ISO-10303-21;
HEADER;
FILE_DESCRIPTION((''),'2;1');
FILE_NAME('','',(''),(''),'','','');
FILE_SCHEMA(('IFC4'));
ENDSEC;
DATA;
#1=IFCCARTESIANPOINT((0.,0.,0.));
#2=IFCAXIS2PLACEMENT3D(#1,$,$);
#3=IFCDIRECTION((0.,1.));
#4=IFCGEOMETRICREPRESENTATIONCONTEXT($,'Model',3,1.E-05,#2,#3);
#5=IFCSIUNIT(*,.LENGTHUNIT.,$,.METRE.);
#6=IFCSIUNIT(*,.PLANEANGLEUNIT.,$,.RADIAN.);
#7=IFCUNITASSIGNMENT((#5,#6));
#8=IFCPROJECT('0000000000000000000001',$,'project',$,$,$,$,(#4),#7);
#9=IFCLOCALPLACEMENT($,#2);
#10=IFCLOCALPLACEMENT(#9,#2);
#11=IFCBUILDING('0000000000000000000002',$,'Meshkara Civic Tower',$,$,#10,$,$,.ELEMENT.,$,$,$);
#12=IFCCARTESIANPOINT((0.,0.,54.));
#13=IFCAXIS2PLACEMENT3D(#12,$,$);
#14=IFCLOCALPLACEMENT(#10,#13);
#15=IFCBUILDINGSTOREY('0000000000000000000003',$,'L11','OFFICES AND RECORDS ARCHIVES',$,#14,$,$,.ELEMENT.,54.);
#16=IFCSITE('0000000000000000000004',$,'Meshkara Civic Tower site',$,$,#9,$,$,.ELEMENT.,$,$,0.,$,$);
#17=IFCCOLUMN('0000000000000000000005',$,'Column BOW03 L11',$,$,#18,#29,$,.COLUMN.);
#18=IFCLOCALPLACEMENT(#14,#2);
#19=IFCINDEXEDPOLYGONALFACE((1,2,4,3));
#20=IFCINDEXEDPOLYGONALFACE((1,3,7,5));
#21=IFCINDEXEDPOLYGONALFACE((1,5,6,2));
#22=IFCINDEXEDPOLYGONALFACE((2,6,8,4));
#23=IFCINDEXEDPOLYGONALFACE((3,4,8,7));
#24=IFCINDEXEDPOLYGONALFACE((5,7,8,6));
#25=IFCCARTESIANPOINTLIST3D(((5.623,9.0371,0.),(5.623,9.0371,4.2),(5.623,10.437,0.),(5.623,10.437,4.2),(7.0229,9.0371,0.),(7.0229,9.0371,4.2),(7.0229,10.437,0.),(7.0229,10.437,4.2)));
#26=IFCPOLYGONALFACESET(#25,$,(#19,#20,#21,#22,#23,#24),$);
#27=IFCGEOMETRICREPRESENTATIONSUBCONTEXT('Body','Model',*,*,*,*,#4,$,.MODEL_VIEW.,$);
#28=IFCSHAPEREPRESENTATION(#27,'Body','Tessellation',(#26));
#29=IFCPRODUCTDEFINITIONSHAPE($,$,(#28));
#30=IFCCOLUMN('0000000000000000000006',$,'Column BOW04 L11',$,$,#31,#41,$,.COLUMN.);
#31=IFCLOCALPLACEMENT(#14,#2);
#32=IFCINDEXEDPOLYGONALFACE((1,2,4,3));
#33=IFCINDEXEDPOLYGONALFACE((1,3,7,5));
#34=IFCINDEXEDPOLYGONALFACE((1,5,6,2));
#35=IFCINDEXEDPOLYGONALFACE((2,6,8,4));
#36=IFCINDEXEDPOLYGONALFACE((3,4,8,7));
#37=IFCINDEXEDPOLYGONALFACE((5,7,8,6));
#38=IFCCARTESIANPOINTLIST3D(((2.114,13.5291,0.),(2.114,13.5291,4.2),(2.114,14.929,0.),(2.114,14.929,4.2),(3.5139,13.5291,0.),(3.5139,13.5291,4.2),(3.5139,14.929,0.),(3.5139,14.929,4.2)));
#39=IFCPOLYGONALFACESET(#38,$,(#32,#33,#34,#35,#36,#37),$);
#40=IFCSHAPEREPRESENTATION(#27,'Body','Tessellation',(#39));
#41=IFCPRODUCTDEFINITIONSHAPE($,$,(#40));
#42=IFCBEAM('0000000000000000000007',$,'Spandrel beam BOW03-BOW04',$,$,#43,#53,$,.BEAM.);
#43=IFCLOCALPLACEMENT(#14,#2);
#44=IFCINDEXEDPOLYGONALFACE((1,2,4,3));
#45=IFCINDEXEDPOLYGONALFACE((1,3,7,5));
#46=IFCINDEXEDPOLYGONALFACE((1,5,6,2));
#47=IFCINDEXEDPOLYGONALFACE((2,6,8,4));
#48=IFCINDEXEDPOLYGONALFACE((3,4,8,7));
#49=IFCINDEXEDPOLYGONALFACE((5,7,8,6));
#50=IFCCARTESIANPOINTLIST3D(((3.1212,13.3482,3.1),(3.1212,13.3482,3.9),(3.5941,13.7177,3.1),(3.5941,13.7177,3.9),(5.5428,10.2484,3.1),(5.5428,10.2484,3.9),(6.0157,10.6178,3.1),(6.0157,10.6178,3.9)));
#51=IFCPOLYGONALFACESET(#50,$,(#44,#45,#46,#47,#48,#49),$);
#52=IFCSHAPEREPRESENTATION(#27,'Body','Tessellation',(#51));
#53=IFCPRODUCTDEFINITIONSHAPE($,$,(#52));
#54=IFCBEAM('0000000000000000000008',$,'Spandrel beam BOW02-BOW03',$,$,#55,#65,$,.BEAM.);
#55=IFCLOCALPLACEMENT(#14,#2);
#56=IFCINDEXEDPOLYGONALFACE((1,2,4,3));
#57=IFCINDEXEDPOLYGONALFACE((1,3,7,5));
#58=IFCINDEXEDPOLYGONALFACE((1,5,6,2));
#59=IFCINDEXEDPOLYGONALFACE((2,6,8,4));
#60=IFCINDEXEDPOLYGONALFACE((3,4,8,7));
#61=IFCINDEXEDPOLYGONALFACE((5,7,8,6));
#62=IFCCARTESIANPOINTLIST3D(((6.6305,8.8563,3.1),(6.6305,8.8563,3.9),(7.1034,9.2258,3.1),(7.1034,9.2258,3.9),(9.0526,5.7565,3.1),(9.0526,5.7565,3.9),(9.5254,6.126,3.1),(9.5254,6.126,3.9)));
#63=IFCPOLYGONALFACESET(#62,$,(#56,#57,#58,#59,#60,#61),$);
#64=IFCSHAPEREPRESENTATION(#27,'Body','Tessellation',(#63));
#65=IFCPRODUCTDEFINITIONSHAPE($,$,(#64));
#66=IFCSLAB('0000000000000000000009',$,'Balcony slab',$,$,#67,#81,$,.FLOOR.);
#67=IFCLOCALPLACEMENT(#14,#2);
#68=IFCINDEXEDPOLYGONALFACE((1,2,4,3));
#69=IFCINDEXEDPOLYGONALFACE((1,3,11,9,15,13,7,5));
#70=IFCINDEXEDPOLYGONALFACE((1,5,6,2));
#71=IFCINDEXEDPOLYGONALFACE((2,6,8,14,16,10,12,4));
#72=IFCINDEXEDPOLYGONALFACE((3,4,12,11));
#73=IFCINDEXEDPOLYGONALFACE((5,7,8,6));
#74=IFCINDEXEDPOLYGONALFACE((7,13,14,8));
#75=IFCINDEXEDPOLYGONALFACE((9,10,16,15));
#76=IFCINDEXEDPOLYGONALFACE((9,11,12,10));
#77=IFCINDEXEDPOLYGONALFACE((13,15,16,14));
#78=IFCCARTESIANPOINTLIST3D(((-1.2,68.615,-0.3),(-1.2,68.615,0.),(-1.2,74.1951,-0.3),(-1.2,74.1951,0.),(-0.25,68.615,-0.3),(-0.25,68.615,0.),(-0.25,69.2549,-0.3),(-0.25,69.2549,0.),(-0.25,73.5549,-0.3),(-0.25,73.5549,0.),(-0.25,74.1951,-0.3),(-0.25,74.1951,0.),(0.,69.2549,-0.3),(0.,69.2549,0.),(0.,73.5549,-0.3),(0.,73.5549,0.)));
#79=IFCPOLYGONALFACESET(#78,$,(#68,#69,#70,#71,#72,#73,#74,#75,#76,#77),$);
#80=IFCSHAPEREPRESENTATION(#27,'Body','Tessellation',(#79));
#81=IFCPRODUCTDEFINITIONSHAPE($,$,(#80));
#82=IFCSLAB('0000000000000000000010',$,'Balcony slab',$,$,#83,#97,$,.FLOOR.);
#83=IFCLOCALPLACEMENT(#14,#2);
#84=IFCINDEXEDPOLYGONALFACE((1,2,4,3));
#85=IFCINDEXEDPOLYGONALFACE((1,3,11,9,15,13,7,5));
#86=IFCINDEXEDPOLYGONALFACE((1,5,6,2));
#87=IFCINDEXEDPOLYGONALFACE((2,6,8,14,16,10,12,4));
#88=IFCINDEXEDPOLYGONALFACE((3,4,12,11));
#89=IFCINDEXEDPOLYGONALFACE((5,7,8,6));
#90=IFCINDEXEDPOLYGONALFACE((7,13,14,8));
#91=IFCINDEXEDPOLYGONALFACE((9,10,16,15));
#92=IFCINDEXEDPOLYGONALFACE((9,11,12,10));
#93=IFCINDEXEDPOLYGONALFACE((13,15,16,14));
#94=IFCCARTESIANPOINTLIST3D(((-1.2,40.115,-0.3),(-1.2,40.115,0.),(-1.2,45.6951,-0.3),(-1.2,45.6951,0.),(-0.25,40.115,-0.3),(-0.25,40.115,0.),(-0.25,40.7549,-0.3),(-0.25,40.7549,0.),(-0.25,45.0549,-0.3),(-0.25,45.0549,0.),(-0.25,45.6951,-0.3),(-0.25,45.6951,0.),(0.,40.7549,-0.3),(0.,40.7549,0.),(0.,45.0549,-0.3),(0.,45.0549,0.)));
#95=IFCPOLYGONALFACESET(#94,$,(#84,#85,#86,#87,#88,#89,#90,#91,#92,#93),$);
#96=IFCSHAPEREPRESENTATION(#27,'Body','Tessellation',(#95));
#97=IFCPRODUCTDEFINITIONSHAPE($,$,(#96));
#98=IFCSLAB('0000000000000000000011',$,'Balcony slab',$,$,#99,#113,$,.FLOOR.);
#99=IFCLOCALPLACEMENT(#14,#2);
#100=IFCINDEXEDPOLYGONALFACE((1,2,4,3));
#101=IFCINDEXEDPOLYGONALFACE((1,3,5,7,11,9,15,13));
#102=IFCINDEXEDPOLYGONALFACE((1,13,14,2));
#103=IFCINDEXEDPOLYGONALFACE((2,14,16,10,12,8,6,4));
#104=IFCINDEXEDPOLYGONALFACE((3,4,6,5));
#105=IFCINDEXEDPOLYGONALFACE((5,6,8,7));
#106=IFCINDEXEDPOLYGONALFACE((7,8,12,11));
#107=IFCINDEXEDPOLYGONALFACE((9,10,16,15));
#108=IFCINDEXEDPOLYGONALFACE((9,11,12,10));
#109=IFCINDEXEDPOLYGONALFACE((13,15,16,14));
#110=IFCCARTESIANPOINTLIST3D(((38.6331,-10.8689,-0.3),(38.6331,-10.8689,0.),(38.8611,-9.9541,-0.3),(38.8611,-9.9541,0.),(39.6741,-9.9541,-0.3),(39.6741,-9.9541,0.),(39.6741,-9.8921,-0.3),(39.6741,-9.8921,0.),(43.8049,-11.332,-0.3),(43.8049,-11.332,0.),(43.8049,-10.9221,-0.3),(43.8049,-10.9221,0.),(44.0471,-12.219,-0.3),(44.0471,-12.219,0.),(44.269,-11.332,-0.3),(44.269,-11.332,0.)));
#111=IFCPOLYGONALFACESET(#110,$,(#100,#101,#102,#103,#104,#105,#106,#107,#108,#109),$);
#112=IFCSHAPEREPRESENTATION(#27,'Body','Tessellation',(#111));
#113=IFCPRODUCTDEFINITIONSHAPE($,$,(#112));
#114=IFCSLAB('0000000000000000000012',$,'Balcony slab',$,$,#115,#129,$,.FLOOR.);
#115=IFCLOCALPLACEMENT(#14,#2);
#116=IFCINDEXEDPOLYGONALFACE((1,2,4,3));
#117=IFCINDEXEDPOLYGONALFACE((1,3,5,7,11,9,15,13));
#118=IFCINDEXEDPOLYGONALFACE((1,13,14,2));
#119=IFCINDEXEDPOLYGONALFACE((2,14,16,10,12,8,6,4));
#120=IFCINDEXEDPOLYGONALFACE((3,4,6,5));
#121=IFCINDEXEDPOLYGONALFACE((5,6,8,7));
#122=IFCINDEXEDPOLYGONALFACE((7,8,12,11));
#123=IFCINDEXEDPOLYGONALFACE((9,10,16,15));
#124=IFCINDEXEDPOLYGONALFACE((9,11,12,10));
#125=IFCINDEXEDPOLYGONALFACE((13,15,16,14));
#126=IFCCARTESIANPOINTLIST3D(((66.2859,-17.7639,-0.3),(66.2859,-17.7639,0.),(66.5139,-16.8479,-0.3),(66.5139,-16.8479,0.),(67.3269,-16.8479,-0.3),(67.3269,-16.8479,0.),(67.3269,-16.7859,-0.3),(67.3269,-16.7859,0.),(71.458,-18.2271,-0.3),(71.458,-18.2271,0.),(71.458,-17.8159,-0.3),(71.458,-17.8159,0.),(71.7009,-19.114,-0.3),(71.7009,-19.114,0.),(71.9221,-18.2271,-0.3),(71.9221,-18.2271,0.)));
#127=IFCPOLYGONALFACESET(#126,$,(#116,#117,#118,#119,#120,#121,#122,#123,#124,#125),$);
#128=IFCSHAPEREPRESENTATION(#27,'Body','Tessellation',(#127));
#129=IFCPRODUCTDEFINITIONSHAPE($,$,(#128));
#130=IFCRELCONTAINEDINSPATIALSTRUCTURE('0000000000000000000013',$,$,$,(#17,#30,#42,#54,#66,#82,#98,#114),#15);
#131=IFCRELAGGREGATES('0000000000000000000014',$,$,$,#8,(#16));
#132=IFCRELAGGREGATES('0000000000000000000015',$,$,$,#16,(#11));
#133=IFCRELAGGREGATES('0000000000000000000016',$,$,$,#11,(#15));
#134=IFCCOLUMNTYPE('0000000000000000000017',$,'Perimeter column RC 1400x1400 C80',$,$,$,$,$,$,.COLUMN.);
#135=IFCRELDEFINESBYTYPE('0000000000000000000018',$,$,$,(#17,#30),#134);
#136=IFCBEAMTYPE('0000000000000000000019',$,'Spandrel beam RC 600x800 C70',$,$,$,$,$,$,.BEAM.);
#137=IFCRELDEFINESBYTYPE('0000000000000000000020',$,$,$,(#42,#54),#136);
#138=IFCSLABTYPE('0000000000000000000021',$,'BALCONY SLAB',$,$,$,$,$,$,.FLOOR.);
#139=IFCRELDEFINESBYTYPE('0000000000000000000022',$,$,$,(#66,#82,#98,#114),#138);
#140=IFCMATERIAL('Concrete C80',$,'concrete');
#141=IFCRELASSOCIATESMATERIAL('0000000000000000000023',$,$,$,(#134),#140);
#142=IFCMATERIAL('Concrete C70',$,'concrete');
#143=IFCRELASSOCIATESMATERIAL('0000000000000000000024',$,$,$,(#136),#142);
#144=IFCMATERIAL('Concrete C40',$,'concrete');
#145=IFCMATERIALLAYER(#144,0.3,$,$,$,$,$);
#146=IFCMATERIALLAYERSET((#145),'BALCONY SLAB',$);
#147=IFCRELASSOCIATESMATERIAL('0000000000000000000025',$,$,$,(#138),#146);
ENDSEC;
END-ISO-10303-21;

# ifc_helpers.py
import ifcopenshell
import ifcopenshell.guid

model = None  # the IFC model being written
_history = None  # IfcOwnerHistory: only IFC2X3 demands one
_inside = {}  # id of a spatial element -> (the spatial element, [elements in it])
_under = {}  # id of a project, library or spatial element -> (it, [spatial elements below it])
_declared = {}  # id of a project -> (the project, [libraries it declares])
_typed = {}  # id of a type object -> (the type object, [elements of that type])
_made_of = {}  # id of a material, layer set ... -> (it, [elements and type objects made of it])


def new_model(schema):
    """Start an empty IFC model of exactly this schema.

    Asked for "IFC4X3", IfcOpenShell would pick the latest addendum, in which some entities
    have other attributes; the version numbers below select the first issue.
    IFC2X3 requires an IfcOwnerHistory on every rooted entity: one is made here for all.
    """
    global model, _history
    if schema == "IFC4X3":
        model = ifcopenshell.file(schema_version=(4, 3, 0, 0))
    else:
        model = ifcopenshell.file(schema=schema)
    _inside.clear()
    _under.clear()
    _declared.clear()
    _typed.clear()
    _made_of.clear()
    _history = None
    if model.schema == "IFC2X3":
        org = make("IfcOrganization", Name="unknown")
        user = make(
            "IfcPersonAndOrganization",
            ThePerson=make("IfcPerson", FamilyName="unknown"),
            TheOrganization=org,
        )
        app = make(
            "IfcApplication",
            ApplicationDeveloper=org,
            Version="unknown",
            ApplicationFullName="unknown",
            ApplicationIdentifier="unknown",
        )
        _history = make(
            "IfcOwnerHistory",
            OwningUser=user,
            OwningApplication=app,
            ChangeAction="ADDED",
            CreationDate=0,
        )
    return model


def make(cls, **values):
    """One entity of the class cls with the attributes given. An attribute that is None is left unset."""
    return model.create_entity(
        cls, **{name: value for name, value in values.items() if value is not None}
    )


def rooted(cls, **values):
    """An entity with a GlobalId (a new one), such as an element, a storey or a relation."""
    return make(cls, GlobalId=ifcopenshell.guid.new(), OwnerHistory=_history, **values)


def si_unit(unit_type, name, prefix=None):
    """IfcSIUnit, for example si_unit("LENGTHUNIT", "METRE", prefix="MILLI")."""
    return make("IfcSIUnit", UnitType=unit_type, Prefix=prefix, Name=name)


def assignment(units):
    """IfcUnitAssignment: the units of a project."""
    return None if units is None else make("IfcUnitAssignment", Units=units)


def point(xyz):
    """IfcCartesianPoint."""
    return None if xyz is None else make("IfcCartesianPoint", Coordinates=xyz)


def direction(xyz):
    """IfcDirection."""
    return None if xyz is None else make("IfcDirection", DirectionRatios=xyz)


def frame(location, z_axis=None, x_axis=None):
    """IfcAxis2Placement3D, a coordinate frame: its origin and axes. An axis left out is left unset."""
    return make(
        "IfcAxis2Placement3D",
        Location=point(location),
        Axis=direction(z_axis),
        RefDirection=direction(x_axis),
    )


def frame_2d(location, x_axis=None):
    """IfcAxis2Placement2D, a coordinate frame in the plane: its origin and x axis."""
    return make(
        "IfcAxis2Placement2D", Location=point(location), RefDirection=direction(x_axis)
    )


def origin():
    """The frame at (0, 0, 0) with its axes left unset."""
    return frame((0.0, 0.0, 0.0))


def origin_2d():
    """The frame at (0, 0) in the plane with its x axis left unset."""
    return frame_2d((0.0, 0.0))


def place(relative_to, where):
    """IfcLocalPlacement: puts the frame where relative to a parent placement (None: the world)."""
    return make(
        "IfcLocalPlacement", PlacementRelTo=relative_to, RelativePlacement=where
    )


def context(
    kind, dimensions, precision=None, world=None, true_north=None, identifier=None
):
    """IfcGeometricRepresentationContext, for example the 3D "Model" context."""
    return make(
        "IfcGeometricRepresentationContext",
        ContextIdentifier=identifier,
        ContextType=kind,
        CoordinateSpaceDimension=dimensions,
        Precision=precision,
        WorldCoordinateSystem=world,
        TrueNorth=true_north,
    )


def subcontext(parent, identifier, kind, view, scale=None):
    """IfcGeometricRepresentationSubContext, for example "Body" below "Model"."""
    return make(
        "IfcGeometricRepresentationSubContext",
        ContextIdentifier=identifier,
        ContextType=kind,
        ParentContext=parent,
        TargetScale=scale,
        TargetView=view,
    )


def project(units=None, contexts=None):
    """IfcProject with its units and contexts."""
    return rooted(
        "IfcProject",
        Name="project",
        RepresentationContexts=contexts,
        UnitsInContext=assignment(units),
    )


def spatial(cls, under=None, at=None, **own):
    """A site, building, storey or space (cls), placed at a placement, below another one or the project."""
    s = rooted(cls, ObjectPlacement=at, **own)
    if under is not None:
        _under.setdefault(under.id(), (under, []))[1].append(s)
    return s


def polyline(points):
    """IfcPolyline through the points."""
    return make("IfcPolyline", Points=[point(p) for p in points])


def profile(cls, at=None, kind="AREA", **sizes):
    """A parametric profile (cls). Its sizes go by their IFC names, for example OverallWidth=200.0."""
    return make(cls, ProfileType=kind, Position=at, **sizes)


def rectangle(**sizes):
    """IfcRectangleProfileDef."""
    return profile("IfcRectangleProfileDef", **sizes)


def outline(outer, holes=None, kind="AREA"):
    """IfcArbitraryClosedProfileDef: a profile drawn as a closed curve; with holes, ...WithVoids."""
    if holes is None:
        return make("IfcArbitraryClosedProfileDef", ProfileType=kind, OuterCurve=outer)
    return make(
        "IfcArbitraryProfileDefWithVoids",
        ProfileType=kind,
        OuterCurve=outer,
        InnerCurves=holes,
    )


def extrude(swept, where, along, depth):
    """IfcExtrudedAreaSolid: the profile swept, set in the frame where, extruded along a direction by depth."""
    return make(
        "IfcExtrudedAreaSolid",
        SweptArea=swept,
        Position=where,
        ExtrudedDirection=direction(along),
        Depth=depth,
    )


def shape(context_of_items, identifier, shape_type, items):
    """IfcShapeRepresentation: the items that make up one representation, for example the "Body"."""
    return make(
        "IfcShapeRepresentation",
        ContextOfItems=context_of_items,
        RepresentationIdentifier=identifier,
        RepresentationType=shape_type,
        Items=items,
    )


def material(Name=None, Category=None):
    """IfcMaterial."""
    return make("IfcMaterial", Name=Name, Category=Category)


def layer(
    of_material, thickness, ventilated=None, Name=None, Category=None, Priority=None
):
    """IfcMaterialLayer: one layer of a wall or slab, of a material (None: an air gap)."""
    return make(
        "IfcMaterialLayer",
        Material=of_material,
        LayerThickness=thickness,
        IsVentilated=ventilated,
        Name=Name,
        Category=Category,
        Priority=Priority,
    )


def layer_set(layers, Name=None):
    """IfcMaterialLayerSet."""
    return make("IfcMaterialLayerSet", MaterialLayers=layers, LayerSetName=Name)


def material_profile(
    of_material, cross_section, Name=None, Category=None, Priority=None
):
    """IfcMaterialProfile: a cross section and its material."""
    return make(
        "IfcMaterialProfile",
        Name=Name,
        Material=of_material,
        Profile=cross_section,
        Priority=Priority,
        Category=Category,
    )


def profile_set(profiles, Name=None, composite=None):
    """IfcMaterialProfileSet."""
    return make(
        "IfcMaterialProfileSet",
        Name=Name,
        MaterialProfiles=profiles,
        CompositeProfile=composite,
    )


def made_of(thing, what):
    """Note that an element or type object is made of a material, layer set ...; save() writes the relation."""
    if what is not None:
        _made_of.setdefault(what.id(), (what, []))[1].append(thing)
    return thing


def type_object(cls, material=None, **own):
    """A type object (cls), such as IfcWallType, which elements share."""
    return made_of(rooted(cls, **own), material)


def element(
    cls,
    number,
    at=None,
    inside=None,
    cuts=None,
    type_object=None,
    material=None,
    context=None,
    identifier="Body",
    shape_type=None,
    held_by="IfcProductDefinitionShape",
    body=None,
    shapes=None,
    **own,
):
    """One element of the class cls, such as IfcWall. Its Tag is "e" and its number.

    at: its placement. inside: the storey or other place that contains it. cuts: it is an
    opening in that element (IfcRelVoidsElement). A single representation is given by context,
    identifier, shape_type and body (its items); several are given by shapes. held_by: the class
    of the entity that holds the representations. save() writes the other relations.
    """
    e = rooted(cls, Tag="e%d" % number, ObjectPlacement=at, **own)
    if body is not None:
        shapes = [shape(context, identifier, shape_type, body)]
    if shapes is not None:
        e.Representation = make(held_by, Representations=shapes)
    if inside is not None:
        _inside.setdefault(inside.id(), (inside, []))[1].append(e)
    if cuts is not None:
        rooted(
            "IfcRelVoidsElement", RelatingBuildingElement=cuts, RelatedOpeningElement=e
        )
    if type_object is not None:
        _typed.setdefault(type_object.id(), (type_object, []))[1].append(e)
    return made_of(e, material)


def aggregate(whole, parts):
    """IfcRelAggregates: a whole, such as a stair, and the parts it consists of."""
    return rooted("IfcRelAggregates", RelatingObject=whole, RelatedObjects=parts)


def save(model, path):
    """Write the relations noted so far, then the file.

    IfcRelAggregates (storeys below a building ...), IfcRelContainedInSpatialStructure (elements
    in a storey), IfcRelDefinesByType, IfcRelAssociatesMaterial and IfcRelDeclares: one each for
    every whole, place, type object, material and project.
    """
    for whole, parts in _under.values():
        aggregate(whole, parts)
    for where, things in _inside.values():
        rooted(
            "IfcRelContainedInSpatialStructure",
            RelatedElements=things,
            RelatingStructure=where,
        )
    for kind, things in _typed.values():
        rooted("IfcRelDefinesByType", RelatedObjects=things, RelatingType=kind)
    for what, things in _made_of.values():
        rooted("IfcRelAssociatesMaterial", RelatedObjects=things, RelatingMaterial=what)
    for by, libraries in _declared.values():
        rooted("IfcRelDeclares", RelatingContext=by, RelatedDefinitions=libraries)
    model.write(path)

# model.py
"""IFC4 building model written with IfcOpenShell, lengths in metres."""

from ifc_helpers import new_model, si_unit, direction, frame, origin, origin_2d, place, context, subcontext, project, spatial, polyline, rectangle, outline, extrude, material, layer, layer_set, material_profile, profile_set, type_object, element, save


model = new_model("IFC4")

# Units and contexts
model_context = context("Model", 3, precision=1e-05, world=origin(), true_north=direction((0.0, 1.0)))
body_context = subcontext(model_context, "Body", "Model", "MODEL_VIEW")
ifc_project = project(units=[si_unit("LENGTHUNIT", "METRE"), si_unit("PLANEANGLEUNIT", "RADIAN")], contexts=[model_context])

# Site, building, storey
site_placement = place(None, origin())
site = spatial("IfcSite", under=ifc_project, at=site_placement, Name="Meshkara Civic Tower site", CompositionType="ELEMENT", RefElevation=0.0)
building_placement = place(site_placement, origin())
building = spatial("IfcBuilding", under=site, at=building_placement, Name="Meshkara Civic Tower", CompositionType="ELEMENT")
storey_placement = place(building_placement, frame((0.0, 0.0, 54.0)))
storey = spatial("IfcBuildingStorey", under=building, at=storey_placement, Name="L11", Description="OFFICES AND RECORDS ARCHIVES", CompositionType="ELEMENT", Elevation=54.0)

# Columns
ifc_material_1 = material(Name="Concrete C80", Category="concrete")
ifc_material_profile_1 = material_profile(ifc_material_1, rectangle(XDim=1.3999, YDim=1.3999, at=origin_2d()))
ifc_profile_set_1 = profile_set([ifc_material_profile_1], Name="Concrete C80")
column_type = type_object("IfcColumnType", Name="Perimeter column RC 1400x1400 C80", PredefinedType="COLUMN", material=ifc_profile_set_1)
for number, where, z_axis, x_axis, name in (
    (1, (6.323, 9.7371, 0.0), (0.0, 0.0, 1.0), (1.0, 0.0, 0.0), "Column BOW03 L11"),
    (2, (2.814, 14.229, 0.0), (0.0, 0.0, 1.0), (1.0, 0.0, 0.0), "Column BOW04 L11"),
):
    element("IfcColumn", number, at=place(storey_placement, frame(where, z_axis=z_axis, x_axis=x_axis)), inside=storey, type_object=column_type, Name=name, PredefinedType="COLUMN", context=body_context, shape_type="SweptSolid", body=[
        extrude(rectangle(XDim=1.3999, YDim=1.3999, at=origin_2d()), origin(), (0.0, 0.0, 1.0), 4.2),
    ])

# Beams
ifc_material_2 = material(Name="Concrete C70", Category="concrete")
ifc_material_profile_2 = material_profile(ifc_material_2, rectangle(XDim=0.6001, YDim=0.8, at=origin_2d()))
ifc_profile_set_2 = profile_set([ifc_material_profile_2], Name="Concrete C70")
beam_type = type_object("IfcBeamType", Name="Spandrel beam RC 600x800 C70", PredefinedType="BEAM", material=ifc_profile_set_2)
beam_1_placement = place(storey_placement, frame((3.3577, 13.533, 3.5), z_axis=(0.615624, -0.78804, 0.0), x_axis=(0.78804, 0.615624, 0.0)))
element("IfcBeam", 3, at=beam_1_placement, inside=storey, type_object=beam_type, Name="Spandrel beam BOW03-BOW04", PredefinedType="BEAM", context=body_context, shape_type="SweptSolid", body=[
    extrude(rectangle(XDim=0.6001, YDim=0.8, at=origin_2d()), origin(), (0.0, 0.0, 1.0), 3.9336),
])
beam_2_placement = place(storey_placement, frame((6.8669, 9.041, 3.5), z_axis=(0.615701, -0.78798, 0.0), x_axis=(0.78798, 0.615701, 0.0)))
element("IfcBeam", 4, at=beam_2_placement, inside=storey, type_object=beam_type, Name="Spandrel beam BOW02-BOW03", PredefinedType="BEAM", context=body_context, shape_type="SweptSolid", body=[
    extrude(rectangle(XDim=0.6001, YDim=0.8, at=origin_2d()), origin(), (0.0, 0.0, 1.0), 3.9338),
])

# Slabs
ifc_material_3 = material(Name="Concrete C40", Category="concrete")
ifc_layer_1 = layer(ifc_material_3, 0.3)
ifc_layer_set_1 = layer_set([ifc_layer_1], Name="BALCONY SLAB")
slab_type_1 = type_object("IfcSlabType", Name="BALCONY SLAB", PredefinedType="FLOOR", material=ifc_layer_set_1)
slab_1_placement = place(storey_placement, frame((0.0, 0.0, -0.3)))
element("IfcSlab", 5, at=slab_1_placement, inside=storey, type_object=slab_type_1, Name="Balcony slab", PredefinedType="FLOOR", context=body_context, shape_type="SweptSolid", body=[
    extrude(outline(polyline([(-1.2, 68.615), (-1.2, 74.1951), (-0.25, 74.1951), (-0.25, 73.5549), (0.0, 73.5549), (0.0, 69.2549), (-0.25, 69.2549), (-0.25, 68.615), (-1.2, 68.615)])), origin(), (0.0, 0.0, 1.0), 0.3),
])
slab_2_placement = place(storey_placement, frame((0.0, 0.0, -0.3)))
element("IfcSlab", 6, at=slab_2_placement, inside=storey, type_object=slab_type_1, Name="Balcony slab", PredefinedType="FLOOR", context=body_context, shape_type="SweptSolid", body=[
    extrude(outline(polyline([(-1.2, 40.115), (-1.2, 45.6951), (-0.25, 45.6951), (-0.25, 45.0549), (0.0, 45.0549), (0.0, 40.7549), (-0.25, 40.7549), (-0.25, 40.115), (-1.2, 40.115)])), origin(), (0.0, 0.0, 1.0), 0.3),
])
slab_3_placement = place(storey_placement, frame((0.0, 0.0, -0.3)))
element("IfcSlab", 7, at=slab_3_placement, inside=storey, type_object=slab_type_1, Name="Balcony slab", PredefinedType="FLOOR", context=body_context, shape_type="SweptSolid", body=[
    extrude(outline(polyline([(44.0471, -12.219), (38.6331, -10.8689), (38.8611, -9.9541), (39.6741, -9.9541), (39.6741, -9.8921), (43.8049, -10.9221), (43.8049, -11.332), (44.269, -11.332), (44.0471, -12.219)])), origin(), (0.0, 0.0, 1.0), 0.3),
])
slab_4_placement = place(storey_placement, frame((0.0, 0.0, -0.3)))
element("IfcSlab", 8, at=slab_4_placement, inside=storey, type_object=slab_type_1, Name="Balcony slab", PredefinedType="FLOOR", context=body_context, shape_type="SweptSolid", body=[
    extrude(outline(polyline([(71.7009, -19.114), (66.2859, -17.7639), (66.5139, -16.8479), (67.3269, -16.8479), (67.3269, -16.7859), (71.458, -17.8159), (71.458, -18.2271), (71.9221, -18.2271), (71.7009, -19.114)])), origin(), (0.0, 0.0, 1.0), 0.3),
])

save(model, "model.ifc")
